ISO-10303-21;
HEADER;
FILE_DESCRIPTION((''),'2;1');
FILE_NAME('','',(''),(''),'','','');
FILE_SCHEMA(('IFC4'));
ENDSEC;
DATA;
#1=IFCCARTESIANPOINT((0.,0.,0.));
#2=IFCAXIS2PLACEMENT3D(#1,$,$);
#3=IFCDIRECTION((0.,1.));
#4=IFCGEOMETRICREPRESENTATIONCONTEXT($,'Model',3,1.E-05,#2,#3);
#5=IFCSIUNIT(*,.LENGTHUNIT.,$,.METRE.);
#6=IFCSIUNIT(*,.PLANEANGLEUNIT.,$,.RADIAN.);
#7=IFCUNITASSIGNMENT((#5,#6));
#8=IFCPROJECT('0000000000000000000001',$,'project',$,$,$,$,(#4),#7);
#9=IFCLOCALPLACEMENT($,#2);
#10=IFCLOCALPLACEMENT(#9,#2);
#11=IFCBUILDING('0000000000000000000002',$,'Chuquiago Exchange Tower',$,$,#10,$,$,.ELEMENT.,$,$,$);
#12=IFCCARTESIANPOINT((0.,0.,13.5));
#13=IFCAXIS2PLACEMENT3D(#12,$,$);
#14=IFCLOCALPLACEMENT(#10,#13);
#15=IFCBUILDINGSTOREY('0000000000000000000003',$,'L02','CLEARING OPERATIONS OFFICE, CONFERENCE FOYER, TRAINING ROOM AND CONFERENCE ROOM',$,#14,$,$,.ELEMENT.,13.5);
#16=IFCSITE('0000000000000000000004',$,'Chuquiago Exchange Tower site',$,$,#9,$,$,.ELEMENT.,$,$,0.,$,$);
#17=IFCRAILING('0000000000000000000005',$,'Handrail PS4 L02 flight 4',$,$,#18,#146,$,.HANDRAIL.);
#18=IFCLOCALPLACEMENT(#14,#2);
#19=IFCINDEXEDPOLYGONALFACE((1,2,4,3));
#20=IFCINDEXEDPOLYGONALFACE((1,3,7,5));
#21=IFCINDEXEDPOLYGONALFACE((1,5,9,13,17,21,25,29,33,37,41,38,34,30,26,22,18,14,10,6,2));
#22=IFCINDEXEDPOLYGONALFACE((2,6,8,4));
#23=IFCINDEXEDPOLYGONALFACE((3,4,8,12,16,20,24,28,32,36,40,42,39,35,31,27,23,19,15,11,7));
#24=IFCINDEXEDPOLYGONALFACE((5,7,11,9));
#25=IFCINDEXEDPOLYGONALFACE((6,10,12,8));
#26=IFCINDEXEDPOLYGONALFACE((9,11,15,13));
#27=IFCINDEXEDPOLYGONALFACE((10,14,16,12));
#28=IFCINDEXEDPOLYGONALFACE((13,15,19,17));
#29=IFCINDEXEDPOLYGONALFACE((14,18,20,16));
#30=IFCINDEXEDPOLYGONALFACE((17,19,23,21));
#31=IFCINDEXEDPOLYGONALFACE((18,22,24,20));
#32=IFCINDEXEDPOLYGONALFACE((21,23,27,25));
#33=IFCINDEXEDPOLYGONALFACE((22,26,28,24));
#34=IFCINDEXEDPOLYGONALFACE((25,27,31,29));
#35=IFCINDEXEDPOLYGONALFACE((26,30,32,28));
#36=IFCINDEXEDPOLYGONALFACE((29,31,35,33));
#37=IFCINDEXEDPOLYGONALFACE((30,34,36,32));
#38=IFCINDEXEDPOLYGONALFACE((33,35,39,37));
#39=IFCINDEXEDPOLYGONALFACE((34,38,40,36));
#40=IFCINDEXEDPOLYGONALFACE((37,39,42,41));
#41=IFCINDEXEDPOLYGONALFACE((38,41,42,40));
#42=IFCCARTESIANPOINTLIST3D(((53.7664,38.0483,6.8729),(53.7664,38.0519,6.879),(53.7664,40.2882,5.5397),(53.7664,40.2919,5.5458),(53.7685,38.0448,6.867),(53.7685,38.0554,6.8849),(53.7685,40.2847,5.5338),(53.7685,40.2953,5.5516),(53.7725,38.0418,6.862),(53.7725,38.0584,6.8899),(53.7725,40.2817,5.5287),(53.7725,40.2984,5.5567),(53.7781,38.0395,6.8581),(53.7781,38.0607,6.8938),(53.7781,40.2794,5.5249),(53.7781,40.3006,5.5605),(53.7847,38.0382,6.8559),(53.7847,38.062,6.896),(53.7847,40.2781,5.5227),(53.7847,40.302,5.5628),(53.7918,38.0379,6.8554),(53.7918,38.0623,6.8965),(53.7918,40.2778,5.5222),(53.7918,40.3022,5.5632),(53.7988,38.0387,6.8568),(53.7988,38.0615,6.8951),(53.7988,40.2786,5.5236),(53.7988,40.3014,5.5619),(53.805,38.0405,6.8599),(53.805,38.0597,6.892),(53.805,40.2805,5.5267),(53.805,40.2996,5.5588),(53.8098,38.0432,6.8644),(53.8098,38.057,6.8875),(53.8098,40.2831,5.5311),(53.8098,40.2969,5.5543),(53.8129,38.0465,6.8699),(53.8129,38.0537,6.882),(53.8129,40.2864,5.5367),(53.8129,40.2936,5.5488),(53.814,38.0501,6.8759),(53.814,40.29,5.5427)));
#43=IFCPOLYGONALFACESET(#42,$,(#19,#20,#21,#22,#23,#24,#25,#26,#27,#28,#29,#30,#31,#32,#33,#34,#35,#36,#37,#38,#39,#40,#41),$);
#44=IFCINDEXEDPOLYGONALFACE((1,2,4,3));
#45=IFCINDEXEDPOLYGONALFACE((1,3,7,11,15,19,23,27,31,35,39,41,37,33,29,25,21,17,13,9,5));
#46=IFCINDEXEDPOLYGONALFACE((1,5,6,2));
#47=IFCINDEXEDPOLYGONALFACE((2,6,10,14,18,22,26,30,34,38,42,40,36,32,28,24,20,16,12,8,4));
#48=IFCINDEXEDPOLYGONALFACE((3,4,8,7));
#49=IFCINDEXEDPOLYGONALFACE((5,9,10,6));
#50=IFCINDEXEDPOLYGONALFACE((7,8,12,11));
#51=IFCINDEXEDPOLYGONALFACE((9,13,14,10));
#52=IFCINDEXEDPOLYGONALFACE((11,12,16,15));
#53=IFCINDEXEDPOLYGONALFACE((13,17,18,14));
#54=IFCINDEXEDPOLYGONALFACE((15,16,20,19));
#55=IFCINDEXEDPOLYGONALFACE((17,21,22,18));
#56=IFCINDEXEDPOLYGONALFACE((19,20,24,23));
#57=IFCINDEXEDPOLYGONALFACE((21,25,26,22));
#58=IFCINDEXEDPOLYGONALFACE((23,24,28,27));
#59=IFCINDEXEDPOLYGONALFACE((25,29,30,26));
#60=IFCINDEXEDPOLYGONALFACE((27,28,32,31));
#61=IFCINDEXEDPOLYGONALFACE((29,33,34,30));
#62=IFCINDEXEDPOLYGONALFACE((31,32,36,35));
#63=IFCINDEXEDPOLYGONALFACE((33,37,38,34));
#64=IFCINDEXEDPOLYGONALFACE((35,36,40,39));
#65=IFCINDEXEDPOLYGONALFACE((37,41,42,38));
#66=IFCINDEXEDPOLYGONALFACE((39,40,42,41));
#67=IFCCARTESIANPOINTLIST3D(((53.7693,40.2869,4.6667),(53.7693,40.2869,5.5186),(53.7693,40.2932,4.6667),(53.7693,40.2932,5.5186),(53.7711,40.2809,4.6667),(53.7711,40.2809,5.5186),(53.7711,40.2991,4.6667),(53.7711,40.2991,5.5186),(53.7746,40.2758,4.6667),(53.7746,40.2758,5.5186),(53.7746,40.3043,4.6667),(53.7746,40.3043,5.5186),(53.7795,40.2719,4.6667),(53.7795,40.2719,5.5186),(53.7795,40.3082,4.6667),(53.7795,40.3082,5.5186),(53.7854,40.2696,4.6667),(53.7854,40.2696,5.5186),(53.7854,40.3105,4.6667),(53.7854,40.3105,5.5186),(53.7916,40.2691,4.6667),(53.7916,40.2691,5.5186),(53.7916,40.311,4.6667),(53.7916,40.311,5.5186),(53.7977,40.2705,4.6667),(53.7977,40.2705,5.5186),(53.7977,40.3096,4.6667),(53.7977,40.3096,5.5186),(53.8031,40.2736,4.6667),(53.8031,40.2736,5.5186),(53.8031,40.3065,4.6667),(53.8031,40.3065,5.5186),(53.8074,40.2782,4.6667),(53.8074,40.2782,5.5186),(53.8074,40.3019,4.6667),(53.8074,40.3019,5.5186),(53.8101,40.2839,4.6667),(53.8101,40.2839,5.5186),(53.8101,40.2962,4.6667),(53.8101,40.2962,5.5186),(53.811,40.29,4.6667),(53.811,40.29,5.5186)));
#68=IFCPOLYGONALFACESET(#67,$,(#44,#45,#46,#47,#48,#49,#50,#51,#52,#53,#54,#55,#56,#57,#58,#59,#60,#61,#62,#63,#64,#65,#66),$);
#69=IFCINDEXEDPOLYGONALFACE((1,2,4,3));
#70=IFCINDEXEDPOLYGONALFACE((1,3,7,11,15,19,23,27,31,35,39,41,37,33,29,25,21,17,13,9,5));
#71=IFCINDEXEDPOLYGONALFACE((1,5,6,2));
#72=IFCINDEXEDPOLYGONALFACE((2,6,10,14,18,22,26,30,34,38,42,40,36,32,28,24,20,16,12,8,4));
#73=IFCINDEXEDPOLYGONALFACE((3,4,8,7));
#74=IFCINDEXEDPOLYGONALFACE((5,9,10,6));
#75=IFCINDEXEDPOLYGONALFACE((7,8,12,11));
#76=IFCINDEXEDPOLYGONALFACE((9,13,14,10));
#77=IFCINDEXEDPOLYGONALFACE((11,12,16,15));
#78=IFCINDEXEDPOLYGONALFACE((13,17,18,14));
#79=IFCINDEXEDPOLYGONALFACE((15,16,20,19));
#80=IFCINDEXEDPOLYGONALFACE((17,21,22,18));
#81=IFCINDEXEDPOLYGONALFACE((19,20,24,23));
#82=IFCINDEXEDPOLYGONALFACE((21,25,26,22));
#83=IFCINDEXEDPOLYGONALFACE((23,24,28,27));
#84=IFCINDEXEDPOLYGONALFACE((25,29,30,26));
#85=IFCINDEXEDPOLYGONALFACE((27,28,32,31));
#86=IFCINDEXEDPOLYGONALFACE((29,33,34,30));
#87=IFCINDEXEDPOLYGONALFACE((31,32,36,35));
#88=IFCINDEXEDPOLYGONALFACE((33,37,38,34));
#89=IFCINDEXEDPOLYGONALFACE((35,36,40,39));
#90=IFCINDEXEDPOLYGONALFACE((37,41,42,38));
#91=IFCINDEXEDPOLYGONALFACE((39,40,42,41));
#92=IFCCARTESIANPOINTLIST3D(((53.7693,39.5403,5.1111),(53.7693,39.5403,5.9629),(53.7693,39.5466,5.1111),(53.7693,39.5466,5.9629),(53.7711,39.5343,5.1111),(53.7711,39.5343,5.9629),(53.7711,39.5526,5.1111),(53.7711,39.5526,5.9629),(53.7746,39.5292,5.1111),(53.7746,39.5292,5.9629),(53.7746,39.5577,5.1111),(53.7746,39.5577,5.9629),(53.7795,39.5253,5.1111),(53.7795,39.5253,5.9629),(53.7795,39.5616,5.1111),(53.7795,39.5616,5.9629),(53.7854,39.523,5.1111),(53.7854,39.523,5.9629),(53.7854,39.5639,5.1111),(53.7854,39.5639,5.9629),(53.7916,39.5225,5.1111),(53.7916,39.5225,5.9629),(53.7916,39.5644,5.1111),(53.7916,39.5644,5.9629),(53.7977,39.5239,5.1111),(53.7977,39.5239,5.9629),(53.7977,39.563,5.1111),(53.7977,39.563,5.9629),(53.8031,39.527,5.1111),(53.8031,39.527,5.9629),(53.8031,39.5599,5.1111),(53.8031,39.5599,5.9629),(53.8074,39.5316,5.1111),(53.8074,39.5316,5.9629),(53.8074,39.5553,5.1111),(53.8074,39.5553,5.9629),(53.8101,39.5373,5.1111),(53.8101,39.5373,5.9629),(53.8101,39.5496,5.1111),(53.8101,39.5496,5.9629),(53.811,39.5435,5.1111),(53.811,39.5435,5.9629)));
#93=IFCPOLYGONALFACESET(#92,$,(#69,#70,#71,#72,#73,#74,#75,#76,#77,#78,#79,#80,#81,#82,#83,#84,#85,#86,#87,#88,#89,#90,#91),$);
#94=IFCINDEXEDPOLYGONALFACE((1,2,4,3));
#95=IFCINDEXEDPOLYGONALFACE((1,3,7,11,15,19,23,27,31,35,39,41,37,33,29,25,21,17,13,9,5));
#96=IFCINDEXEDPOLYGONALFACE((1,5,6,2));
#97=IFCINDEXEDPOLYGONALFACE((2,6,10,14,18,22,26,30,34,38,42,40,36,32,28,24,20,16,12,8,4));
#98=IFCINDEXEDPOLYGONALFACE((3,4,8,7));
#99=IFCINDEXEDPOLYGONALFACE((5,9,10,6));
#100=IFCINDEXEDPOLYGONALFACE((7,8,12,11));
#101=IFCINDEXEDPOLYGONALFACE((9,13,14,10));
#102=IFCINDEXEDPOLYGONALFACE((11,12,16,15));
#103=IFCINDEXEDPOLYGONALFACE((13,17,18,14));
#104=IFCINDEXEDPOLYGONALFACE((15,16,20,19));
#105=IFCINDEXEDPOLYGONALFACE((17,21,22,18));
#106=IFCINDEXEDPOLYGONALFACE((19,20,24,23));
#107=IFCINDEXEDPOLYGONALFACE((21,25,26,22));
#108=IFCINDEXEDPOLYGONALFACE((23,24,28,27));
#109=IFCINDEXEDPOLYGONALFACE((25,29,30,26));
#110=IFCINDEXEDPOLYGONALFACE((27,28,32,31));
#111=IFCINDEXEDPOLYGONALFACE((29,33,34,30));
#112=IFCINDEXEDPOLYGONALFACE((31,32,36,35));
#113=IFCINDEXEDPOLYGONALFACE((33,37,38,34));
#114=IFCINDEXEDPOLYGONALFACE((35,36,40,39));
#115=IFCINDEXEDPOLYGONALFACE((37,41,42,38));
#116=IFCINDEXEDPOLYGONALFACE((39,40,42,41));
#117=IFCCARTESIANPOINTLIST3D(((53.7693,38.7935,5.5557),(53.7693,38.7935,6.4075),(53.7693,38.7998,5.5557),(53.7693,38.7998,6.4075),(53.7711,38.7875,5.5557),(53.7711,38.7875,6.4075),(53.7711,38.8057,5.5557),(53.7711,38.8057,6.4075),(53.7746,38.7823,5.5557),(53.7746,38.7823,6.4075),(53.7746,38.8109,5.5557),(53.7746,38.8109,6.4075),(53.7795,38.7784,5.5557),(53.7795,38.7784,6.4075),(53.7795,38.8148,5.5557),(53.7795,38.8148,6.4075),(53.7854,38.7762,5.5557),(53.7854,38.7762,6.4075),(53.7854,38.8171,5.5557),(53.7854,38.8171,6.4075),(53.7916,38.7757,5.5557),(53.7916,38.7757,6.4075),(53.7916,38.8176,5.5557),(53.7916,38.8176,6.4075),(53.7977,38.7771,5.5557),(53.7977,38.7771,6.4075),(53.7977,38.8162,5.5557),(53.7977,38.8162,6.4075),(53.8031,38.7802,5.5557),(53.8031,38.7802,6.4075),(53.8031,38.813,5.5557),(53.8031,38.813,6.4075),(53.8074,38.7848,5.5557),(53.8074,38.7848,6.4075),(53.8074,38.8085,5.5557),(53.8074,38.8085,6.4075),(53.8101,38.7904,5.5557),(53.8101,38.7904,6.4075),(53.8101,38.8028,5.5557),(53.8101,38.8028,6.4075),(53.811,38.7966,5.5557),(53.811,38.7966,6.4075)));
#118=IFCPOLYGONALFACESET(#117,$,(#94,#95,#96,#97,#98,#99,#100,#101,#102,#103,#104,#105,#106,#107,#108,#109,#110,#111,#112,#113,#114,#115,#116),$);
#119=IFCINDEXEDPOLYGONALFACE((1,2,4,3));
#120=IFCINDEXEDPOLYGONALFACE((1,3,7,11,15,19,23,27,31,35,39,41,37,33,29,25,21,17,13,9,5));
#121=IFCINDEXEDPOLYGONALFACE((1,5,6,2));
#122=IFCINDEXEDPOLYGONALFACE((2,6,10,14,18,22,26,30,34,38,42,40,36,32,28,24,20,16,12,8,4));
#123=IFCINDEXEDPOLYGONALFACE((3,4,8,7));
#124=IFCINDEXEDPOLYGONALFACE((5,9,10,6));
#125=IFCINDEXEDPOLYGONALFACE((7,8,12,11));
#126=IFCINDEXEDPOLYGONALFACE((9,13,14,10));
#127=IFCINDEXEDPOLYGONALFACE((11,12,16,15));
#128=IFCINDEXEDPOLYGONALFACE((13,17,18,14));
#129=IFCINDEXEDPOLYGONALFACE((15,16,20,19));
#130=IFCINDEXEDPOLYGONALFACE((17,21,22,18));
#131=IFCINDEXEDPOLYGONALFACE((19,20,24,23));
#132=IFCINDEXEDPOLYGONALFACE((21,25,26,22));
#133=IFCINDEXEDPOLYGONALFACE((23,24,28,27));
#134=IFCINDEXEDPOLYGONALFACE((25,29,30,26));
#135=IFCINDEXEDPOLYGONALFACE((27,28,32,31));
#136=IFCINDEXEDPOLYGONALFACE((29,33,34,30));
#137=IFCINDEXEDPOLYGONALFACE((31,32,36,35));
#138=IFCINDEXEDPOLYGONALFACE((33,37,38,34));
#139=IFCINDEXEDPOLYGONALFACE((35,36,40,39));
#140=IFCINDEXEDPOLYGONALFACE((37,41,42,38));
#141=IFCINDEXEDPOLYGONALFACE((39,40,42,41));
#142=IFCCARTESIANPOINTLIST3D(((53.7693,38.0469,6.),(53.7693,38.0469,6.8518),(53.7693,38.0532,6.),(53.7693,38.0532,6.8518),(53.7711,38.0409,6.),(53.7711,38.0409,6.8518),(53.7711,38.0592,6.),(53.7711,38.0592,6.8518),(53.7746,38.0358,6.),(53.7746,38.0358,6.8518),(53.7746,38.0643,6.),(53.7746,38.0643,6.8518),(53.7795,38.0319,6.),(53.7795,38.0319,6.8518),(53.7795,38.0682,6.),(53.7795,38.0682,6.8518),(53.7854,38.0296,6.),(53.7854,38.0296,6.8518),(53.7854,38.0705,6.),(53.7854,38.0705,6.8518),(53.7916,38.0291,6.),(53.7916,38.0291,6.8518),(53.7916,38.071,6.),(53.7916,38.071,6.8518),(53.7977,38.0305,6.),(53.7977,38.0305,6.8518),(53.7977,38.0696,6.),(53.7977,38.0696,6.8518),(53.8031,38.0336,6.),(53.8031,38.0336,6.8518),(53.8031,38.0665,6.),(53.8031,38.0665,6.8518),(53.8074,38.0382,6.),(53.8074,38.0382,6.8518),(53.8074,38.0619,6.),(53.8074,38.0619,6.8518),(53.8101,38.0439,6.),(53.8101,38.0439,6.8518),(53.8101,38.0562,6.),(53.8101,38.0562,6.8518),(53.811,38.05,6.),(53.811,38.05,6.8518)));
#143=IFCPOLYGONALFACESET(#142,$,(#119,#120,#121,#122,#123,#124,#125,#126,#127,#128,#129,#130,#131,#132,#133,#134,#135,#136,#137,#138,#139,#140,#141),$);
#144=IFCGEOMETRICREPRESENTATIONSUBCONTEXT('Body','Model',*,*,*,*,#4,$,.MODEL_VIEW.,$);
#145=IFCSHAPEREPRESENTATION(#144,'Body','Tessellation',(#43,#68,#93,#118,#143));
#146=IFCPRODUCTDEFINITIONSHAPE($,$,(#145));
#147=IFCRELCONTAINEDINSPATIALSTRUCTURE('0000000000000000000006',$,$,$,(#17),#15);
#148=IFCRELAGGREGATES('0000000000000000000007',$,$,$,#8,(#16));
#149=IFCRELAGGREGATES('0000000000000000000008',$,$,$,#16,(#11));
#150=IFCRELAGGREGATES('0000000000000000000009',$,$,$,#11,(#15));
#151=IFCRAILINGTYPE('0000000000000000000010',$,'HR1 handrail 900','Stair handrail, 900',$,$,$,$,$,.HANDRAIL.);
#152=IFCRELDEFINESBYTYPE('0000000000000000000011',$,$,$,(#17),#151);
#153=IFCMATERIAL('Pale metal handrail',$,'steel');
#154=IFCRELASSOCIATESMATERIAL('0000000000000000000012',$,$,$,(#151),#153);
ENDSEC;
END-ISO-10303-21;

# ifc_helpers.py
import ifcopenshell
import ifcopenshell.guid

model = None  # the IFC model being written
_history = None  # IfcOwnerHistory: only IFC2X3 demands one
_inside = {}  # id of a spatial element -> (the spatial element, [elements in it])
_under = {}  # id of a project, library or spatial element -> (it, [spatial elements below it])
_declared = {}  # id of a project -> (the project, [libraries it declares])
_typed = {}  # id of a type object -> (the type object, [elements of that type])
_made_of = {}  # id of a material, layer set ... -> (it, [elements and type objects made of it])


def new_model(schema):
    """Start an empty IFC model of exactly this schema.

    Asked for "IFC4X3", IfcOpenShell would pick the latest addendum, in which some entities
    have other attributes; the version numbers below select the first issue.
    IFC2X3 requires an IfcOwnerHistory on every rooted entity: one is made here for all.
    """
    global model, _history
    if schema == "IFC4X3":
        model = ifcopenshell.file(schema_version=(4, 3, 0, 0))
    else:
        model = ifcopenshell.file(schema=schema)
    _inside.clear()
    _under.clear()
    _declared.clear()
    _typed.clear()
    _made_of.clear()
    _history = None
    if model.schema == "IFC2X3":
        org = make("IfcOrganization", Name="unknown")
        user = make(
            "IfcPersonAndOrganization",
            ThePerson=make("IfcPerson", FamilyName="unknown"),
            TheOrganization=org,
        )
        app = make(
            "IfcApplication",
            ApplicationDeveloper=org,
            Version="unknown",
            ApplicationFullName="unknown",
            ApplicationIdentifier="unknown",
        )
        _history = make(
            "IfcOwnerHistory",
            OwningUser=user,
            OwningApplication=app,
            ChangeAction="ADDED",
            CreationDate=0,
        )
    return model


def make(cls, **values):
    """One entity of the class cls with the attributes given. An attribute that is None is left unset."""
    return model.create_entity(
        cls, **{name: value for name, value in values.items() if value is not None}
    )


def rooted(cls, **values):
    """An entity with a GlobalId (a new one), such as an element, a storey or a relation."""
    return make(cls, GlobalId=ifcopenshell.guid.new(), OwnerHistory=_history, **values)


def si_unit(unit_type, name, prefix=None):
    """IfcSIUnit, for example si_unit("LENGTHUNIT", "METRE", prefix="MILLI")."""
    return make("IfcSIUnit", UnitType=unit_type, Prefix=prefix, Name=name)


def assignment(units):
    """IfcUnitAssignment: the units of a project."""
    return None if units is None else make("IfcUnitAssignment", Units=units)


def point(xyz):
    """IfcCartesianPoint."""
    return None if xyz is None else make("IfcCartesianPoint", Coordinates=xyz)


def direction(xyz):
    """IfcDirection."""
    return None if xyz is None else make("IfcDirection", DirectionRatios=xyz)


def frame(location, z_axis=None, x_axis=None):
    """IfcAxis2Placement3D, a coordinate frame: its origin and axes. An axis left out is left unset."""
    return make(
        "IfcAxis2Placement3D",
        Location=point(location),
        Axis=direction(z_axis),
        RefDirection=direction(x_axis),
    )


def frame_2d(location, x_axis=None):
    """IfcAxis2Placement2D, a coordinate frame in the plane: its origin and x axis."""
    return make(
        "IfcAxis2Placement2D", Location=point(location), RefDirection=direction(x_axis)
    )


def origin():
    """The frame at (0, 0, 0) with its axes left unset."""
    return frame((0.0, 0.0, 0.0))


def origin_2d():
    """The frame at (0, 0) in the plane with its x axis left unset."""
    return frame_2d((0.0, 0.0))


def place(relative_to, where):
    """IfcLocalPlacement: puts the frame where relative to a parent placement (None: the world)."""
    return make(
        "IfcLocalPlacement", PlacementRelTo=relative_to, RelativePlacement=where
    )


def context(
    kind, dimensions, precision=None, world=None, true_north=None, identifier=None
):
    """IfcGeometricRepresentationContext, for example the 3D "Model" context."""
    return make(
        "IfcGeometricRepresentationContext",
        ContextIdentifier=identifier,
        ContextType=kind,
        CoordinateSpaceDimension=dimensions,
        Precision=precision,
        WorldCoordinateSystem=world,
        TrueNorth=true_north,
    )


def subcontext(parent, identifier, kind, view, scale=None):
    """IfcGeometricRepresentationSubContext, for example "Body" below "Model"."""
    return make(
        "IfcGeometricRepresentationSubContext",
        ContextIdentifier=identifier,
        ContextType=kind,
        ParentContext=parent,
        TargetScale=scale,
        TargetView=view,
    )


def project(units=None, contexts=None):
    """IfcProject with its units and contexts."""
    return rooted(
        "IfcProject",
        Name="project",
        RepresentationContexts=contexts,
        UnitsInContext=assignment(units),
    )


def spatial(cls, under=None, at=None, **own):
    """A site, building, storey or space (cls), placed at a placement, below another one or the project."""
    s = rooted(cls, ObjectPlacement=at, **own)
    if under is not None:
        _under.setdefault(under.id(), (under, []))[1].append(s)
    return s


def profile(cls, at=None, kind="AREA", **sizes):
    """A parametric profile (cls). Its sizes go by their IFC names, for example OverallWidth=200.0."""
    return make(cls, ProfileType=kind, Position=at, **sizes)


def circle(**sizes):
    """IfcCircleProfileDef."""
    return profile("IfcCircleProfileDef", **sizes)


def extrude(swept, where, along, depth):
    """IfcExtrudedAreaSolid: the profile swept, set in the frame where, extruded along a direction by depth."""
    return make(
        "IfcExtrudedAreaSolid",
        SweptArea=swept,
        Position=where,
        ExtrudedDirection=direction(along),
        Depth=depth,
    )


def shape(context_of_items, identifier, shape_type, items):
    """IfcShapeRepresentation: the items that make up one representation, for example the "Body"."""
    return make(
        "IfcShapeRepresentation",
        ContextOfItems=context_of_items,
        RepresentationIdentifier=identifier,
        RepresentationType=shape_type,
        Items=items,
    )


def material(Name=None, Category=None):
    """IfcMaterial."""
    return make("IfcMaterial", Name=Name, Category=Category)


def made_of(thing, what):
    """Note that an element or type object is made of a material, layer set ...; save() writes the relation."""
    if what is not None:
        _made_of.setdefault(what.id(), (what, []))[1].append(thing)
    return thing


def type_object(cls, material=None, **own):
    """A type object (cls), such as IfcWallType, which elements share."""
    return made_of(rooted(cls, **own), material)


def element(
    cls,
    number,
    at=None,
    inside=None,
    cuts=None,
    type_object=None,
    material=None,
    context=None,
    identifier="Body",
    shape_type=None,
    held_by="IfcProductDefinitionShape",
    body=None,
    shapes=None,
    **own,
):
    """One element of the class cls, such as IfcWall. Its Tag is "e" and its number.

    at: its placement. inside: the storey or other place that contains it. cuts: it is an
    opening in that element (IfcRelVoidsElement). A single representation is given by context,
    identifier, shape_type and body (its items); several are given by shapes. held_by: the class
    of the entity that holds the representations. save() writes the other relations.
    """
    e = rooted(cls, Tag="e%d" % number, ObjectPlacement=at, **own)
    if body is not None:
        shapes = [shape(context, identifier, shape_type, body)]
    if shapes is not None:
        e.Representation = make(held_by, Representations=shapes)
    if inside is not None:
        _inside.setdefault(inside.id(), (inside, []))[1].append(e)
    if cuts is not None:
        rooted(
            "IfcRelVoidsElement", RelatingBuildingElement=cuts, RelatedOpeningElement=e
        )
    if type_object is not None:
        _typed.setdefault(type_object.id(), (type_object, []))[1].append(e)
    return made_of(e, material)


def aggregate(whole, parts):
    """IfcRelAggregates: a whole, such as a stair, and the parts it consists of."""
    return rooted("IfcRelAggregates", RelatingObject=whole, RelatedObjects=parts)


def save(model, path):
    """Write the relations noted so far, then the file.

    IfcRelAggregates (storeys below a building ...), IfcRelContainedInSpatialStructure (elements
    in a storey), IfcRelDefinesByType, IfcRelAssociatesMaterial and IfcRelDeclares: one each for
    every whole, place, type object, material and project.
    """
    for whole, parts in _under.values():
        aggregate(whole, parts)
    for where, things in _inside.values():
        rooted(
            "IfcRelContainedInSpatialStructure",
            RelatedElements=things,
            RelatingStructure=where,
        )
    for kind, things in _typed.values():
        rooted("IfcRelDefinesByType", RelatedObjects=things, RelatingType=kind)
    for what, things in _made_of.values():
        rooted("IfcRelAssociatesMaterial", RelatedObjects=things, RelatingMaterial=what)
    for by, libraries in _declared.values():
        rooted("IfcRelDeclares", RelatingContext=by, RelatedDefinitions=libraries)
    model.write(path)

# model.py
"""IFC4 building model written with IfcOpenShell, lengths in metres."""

from ifc_helpers import new_model, si_unit, direction, frame, origin, origin_2d, place, context, subcontext, project, spatial, circle, extrude, material, type_object, element, save


model = new_model("IFC4")

# Units and contexts
model_context = context("Model", 3, precision=1e-05, world=origin(), true_north=direction((0.0, 1.0)))
body_context = subcontext(model_context, "Body", "Model", "MODEL_VIEW")
ifc_project = project(units=[si_unit("LENGTHUNIT", "METRE"), si_unit("PLANEANGLEUNIT", "RADIAN")], contexts=[model_context])

# Site, building, storey
site_placement = place(None, origin())
site = spatial("IfcSite", under=ifc_project, at=site_placement, Name="Chuquiago Exchange Tower site", CompositionType="ELEMENT", RefElevation=0.0)
building_placement = place(site_placement, origin())
building = spatial("IfcBuilding", under=site, at=building_placement, Name="Chuquiago Exchange Tower", CompositionType="ELEMENT")
storey_placement = place(building_placement, frame((0.0, 0.0, 13.5)))
storey = spatial("IfcBuildingStorey", under=building, at=storey_placement, Name="L02", Description="CLEARING OPERATIONS OFFICE, CONFERENCE FOYER, TRAINING ROOM AND CONFERENCE ROOM", CompositionType="ELEMENT", Elevation=13.5)

# Railing
ifc_material_1 = material(Name="Pale metal handrail", Category="steel")
railing_type = type_object("IfcRailingType", Name="HR1 handrail 900", Description="Stair handrail, 900", PredefinedType="HANDRAIL", material=ifc_material_1)
for number, where, name in (
    (1, (53.79, 40.29, 4.6667), "Handrail PS4 L02 flight 4"),
):
    element("IfcRailing", number, at=place(storey_placement, frame(where)), inside=storey, type_object=railing_type, Name=name, PredefinedType="HANDRAIL", context=body_context, shape_type="SweptSolid", body=[
        extrude(circle(Radius=0.0239, at=origin_2d()), frame((0.0, 0.0, 0.876), z_axis=(0.0, -0.859306, 0.511462), x_axis=(1.0, 0.0, 0.0)), (0.0, 0.0, 1.0), 2.6067),
        extrude(circle(Radius=0.021, at=origin_2d()), origin(), (0.0, 0.0, 1.0), 0.8518),
        extrude(circle(Radius=0.021, at=origin_2d()), frame((0.0, -0.7466, 0.4443)), (0.0, 0.0, 1.0), 0.8518),
        extrude(circle(Radius=0.021, at=origin_2d()), frame((0.0, -1.4934, 0.8889)), (0.0, 0.0, 1.0), 0.8518),
        extrude(circle(Radius=0.021, at=origin_2d()), frame((0.0, -2.24, 1.3333)), (0.0, 0.0, 1.0), 0.8518),
    ])

save(model, "model.ifc")
